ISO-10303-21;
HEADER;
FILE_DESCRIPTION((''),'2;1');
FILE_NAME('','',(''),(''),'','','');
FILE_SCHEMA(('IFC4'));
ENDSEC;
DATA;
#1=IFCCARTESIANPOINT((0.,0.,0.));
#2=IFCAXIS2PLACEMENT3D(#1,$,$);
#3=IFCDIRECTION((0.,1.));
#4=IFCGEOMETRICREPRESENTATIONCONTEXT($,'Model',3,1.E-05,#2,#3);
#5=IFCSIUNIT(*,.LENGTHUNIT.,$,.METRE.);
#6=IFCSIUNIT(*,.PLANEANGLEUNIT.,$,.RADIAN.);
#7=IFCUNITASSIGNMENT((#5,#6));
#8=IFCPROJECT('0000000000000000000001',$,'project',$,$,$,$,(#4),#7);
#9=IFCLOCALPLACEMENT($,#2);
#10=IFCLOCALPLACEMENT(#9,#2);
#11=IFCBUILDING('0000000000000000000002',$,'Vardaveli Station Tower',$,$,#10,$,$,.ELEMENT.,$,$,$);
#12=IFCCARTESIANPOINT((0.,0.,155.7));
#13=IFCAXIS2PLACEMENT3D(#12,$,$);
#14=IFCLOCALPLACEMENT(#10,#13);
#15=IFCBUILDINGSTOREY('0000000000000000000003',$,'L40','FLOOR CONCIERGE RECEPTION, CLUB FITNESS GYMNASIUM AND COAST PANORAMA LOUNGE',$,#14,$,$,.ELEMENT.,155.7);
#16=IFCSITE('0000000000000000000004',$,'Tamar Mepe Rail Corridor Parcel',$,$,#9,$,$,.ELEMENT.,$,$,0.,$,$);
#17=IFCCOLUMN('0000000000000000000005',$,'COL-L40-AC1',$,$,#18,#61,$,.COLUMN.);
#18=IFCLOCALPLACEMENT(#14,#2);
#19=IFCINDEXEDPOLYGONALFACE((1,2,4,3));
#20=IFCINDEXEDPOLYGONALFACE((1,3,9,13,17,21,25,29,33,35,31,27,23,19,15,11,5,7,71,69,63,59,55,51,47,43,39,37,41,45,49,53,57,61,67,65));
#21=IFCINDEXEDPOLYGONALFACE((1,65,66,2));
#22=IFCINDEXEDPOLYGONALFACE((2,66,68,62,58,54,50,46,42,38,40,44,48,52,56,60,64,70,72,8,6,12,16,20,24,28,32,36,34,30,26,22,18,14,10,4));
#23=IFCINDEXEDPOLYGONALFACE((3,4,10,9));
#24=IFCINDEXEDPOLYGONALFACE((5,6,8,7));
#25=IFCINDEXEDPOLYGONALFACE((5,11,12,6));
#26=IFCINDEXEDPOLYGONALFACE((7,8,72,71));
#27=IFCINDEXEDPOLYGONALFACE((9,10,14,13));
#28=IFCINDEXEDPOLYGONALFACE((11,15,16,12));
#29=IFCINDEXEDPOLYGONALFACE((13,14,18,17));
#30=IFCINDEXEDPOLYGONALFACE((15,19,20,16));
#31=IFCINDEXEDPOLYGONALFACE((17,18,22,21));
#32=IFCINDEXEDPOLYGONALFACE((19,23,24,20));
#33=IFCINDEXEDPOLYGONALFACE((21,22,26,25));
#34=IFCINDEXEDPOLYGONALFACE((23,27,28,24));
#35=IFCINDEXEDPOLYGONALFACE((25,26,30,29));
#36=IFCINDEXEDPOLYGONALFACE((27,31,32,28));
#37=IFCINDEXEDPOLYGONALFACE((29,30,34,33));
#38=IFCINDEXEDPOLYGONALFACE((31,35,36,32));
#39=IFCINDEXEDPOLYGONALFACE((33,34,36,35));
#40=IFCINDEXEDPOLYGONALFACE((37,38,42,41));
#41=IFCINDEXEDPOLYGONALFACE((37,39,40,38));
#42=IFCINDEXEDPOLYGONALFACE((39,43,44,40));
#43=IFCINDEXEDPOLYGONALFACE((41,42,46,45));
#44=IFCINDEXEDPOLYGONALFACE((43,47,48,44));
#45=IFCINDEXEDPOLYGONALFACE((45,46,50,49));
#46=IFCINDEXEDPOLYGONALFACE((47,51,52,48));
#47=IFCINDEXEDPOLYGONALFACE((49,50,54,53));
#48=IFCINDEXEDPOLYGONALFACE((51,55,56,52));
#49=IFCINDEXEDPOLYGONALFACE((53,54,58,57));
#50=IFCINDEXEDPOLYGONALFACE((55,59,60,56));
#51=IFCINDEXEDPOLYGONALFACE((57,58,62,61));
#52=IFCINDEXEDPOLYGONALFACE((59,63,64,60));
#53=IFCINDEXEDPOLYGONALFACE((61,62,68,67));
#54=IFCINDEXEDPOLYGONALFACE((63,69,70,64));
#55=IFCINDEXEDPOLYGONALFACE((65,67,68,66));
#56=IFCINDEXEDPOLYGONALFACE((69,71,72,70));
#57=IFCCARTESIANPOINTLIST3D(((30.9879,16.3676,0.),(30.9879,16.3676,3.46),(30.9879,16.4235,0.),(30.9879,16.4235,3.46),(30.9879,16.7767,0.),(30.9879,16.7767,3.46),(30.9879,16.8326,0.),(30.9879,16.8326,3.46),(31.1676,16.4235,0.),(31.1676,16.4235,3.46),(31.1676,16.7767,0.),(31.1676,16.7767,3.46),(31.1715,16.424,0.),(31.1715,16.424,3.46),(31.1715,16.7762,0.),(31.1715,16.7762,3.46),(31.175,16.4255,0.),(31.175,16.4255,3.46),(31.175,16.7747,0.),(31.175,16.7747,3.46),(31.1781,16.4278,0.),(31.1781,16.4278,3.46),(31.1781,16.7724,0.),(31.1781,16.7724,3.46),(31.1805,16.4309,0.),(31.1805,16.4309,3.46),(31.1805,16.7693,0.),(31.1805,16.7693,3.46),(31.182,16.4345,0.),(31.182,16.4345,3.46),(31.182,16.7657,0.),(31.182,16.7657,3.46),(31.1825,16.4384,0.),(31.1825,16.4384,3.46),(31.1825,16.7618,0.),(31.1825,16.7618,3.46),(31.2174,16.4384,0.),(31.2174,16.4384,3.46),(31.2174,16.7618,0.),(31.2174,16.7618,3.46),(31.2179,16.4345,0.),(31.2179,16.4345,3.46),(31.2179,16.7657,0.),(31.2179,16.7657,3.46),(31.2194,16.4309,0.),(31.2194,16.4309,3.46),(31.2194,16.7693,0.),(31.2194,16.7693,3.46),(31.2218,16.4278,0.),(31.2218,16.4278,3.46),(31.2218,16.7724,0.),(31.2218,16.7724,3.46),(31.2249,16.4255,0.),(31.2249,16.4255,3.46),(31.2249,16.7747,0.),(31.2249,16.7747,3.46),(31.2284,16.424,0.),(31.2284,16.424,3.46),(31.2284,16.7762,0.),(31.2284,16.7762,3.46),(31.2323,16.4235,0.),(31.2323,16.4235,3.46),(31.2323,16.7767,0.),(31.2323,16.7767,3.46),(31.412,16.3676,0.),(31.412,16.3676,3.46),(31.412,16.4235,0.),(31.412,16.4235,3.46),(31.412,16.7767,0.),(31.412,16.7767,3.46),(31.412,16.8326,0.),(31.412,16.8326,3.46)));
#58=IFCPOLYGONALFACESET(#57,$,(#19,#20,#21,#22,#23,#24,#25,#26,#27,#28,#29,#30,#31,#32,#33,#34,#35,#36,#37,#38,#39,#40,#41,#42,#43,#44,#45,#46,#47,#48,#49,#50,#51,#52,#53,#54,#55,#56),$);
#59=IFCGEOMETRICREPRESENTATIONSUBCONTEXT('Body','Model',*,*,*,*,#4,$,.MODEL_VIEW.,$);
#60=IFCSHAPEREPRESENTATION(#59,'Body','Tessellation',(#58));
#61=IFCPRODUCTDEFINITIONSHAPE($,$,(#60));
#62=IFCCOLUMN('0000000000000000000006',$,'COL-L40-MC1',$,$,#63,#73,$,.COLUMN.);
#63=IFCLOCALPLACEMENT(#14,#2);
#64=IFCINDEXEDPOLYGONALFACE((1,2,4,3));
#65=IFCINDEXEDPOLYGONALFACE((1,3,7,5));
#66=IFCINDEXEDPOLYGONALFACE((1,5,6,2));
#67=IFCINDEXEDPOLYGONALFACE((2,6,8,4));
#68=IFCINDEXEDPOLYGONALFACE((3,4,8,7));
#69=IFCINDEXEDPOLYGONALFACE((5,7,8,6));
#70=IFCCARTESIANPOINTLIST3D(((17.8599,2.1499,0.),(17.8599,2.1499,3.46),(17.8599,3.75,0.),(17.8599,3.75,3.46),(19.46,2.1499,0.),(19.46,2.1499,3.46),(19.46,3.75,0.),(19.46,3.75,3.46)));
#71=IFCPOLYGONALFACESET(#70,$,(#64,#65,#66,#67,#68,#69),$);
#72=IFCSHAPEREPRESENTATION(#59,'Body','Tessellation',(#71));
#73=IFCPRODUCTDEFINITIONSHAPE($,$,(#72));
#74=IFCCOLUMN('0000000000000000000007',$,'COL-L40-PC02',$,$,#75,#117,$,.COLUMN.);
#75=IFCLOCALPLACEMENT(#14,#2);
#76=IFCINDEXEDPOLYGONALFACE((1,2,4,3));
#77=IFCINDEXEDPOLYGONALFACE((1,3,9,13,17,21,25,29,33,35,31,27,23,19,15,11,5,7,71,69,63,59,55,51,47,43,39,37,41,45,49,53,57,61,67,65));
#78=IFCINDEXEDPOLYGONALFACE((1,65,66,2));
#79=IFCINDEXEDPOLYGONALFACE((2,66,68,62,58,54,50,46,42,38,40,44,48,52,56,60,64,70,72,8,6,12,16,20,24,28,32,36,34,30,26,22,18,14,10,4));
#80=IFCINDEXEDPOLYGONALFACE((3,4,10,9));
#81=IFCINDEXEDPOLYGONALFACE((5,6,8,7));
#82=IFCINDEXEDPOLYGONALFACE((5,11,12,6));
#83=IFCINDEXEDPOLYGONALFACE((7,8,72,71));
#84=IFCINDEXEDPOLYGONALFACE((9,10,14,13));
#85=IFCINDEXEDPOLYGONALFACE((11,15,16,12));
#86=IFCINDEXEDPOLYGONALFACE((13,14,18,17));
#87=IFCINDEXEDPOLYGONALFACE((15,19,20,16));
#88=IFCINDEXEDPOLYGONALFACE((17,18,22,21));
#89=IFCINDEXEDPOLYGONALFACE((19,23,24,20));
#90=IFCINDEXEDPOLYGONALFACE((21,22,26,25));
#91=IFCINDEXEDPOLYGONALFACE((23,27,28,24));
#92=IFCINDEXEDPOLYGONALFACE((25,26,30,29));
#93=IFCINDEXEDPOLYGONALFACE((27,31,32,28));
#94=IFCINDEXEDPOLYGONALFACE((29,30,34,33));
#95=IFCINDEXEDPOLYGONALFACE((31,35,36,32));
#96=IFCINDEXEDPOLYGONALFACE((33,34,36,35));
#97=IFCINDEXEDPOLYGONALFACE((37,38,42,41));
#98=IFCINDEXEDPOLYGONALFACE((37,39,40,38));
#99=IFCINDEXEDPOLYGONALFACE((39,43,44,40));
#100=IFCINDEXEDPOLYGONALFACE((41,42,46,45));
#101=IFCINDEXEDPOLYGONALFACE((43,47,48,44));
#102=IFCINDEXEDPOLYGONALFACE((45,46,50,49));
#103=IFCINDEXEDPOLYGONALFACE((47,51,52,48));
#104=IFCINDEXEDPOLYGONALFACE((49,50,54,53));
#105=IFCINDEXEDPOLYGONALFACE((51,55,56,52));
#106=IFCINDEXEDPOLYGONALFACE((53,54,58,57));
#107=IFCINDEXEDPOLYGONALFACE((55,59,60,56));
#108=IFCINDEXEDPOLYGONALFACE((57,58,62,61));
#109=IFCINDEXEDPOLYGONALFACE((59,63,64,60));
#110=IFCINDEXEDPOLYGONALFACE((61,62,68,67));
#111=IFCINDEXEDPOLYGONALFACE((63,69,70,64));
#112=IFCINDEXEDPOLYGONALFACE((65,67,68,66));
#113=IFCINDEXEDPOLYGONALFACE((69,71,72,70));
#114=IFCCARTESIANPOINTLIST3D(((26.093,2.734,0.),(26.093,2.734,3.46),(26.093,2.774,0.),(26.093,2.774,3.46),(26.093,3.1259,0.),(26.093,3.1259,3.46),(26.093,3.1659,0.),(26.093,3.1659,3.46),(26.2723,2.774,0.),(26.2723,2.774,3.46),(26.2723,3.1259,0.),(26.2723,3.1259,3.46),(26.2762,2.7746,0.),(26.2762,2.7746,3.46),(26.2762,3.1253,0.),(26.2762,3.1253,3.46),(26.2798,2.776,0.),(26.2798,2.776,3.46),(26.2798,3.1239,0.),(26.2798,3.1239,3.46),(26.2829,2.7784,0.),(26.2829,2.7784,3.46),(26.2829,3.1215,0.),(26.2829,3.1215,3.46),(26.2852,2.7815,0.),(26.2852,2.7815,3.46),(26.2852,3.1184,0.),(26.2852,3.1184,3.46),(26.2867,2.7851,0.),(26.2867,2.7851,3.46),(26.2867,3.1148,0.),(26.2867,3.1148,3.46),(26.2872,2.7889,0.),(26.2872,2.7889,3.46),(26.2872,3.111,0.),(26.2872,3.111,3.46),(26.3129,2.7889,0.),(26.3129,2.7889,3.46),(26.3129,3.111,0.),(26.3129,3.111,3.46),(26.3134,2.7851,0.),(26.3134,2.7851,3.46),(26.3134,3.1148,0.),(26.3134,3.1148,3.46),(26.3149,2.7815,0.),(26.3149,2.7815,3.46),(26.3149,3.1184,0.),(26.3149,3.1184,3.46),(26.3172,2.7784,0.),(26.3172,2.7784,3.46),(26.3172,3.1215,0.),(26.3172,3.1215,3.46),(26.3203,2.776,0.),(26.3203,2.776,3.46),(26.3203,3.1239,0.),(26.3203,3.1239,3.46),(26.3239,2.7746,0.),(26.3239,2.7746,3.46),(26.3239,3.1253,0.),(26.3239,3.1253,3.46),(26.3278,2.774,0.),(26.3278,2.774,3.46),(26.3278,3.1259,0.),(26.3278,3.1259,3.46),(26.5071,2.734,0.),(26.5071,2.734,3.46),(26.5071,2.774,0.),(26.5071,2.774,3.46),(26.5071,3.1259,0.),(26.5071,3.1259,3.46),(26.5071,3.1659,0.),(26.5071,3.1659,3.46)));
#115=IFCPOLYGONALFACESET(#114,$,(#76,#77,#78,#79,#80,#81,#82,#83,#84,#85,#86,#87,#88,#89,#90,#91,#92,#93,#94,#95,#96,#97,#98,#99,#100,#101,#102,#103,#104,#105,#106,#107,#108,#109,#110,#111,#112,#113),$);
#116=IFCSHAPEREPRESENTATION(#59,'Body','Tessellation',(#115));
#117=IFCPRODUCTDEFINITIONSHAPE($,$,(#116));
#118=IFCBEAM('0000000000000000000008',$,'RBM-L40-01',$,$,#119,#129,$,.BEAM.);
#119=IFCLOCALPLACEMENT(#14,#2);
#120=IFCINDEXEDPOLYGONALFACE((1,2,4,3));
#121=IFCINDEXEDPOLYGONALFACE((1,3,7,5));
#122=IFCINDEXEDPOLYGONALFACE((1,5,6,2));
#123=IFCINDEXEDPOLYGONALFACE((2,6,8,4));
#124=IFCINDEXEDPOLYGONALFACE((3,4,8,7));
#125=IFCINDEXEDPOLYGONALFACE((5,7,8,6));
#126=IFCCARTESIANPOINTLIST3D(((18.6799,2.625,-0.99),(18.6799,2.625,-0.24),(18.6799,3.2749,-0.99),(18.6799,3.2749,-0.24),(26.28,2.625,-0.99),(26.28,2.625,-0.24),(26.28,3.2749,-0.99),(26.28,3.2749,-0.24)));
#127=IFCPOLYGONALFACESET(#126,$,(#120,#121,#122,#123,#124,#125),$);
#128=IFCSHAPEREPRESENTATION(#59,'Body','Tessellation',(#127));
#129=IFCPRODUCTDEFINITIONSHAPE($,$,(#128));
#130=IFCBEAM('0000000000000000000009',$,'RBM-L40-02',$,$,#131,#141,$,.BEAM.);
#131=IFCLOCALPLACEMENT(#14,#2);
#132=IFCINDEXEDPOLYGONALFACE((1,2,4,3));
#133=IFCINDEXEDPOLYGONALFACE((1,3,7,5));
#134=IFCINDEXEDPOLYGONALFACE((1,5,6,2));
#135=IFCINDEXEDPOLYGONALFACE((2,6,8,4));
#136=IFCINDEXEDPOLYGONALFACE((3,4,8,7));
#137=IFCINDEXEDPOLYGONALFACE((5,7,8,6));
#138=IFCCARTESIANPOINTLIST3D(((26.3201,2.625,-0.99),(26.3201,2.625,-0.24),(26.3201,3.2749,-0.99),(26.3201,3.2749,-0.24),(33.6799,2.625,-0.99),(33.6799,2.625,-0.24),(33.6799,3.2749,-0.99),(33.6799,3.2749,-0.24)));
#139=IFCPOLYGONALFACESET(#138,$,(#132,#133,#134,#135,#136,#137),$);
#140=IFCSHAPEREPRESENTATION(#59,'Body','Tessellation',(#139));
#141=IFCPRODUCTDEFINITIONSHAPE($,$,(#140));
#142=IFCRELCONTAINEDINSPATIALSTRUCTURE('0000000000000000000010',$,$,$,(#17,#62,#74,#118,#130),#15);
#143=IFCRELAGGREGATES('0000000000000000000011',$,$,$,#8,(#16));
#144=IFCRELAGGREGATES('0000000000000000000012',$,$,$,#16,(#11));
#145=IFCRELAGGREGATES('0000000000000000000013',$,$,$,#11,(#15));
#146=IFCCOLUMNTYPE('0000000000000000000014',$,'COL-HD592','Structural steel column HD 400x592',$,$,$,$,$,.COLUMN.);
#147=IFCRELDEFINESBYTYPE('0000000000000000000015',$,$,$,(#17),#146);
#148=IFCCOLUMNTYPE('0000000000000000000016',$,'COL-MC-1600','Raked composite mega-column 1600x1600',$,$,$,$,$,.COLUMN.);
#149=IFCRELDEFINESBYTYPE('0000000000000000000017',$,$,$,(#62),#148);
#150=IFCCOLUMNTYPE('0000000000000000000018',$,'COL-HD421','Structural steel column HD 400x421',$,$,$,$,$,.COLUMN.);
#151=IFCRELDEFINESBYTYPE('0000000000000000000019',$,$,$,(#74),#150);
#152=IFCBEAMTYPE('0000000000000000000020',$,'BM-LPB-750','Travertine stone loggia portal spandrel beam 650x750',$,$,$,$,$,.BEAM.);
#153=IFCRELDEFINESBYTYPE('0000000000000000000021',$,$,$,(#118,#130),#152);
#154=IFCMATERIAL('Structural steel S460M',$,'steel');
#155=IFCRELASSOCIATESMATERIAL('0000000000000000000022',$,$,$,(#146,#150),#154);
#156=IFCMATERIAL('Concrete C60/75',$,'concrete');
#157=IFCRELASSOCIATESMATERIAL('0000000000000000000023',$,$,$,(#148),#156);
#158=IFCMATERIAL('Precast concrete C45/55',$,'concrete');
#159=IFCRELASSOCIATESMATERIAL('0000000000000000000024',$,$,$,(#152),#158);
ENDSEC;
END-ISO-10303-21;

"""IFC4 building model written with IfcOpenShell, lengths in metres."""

from ifc_helpers import new_model, si_unit, direction, frame, origin, origin_2d, place, context, subcontext, project, spatial, rectangle, i_section, extrude, source, transform, mapped, material, material_profile, profile_set, type_object, element, save


model = new_model("IFC4")

# Units and contexts
model_context = context("Model", 3, precision=1e-05, world=origin(), true_north=direction((0.0, 1.0)))
body_context = subcontext(model_context, "Body", "Model", "MODEL_VIEW")
ifc_project = project(units=[si_unit("LENGTHUNIT", "METRE"), si_unit("PLANEANGLEUNIT", "RADIAN")], contexts=[model_context])

# Site, building, storey
site_placement = place(None, origin())
site = spatial("IfcSite", under=ifc_project, at=site_placement, Name="Tamar Mepe Rail Corridor Parcel", CompositionType="ELEMENT", RefElevation=0.0)
building_placement = place(site_placement, origin())
building = spatial("IfcBuilding", under=site, at=building_placement, Name="Vardaveli Station Tower", CompositionType="ELEMENT")
storey_placement = place(building_placement, frame((0.0, 0.0, 155.7)))
storey = spatial("IfcBuildingStorey", under=building, at=storey_placement, Name="L40", Description="FLOOR CONCIERGE RECEPTION, CLUB FITNESS GYMNASIUM AND COAST PANORAMA LOUNGE", CompositionType="ELEMENT", Elevation=155.7)

# Columns
ifc_material_1 = material(Name="Structural steel S460M", Category="steel")
ifc_material_profile_1 = material_profile(ifc_material_1, i_section(OverallWidth=0.4241, OverallDepth=0.4651, WebThickness=0.0349, FlangeThickness=0.0559, FilletRadius=0.0149, at=origin_2d()), Name="HD 400x592")
ifc_profile_set_1 = profile_set([ifc_material_profile_1], Name="Structural steel S460M")
column_type_1 = type_object("IfcColumnType", Name="COL-HD592", Description="Structural steel column HD 400x592", PredefinedType="COLUMN", material=ifc_profile_set_1)
shared_shape_1 = source(origin(), body_context, "Body", "SweptSolid", [
    extrude(i_section(OverallWidth=0.4241, OverallDepth=0.4651, WebThickness=0.0349, FlangeThickness=0.0559, FilletRadius=0.0149, at=origin_2d()), origin(), (0.0, 0.0, 1.0), 3.46),
])
column_1_placement = place(storey_placement, frame((31.2, 16.6001, 0.0), z_axis=(0.0, 0.0, 1.0), x_axis=(1.0, 0.0, 0.0)))
element("IfcColumn", 1, at=column_1_placement, inside=storey, type_object=column_type_1, Name="COL-L40-AC1", PredefinedType="COLUMN", context=body_context, shape_type="MappedRepresentation", body=[
    mapped(shared_shape_1, transform((0.0, 0.0, 0.0), scale=1.0)),
])
ifc_material_2 = material(Name="Concrete C60/75", Category="concrete")
ifc_material_profile_2 = material_profile(ifc_material_2, rectangle(XDim=1.6001, YDim=1.6001, at=origin_2d()), Name="MC 1600x1600")
ifc_profile_set_2 = profile_set([ifc_material_profile_2], Name="Concrete C60/75")
column_type_2 = type_object("IfcColumnType", Name="COL-MC-1600", Description="Raked composite mega-column 1600x1600", PredefinedType="COLUMN", material=ifc_profile_set_2)
shared_shape_2 = source(origin(), body_context, "Body", "SweptSolid", [
    extrude(rectangle(XDim=1.6001, YDim=1.6001, at=origin_2d()), origin(), (0.0, 0.0, 1.0), 3.46),
])
column_2_placement = place(storey_placement, frame((18.6599, 2.95, 0.0), z_axis=(0.0, 0.0, 1.0), x_axis=(1.0, 0.0, 0.0)))
element("IfcColumn", 2, at=column_2_placement, inside=storey, type_object=column_type_2, Name="COL-L40-MC1", PredefinedType="COLUMN", context=body_context, shape_type="MappedRepresentation", body=[
    mapped(shared_shape_2, transform((0.0, 0.0, 0.0), scale=1.0)),
])
ifc_material_profile_3 = material_profile(ifc_material_1, i_section(OverallWidth=0.4141, OverallDepth=0.4319, WebThickness=0.0256, FlangeThickness=0.04, FilletRadius=0.0149, at=origin_2d()), Name="HD 400x421")
ifc_profile_set_3 = profile_set([ifc_material_profile_3], Name="Structural steel S460M")
column_type_3 = type_object("IfcColumnType", Name="COL-HD421", Description="Structural steel column HD 400x421", PredefinedType="COLUMN", material=ifc_profile_set_3)
shared_shape_3 = source(origin(), body_context, "Body", "SweptSolid", [
    extrude(i_section(OverallWidth=0.4141, OverallDepth=0.4319, WebThickness=0.0256, FlangeThickness=0.04, FilletRadius=0.0149, at=origin_2d()), origin(), (0.0, 0.0, 1.0), 3.46),
])
column_3_placement = place(storey_placement, frame((26.3, 2.95, 0.0), z_axis=(0.0, 0.0, 1.0), x_axis=(1.0, 0.0, 0.0)))
element("IfcColumn", 3, at=column_3_placement, inside=storey, type_object=column_type_3, Name="COL-L40-PC02", PredefinedType="COLUMN", context=body_context, shape_type="MappedRepresentation", body=[
    mapped(shared_shape_3, transform((0.0, 0.0, 0.0), scale=1.0)),
])

# Beams
ifc_material_3 = material(Name="Precast concrete C45/55", Category="concrete")
ifc_material_profile_4 = material_profile(ifc_material_3, rectangle(XDim=0.6499, YDim=0.75, at=origin_2d()), Name="LPB 650x750")
ifc_profile_set_4 = profile_set([ifc_material_profile_4], Name="Precast concrete C45/55")
beam_type_1 = type_object("IfcBeamType", Name="BM-LPB-750", Description="Travertine stone loggia portal spandrel beam 650x750", PredefinedType="BEAM", material=ifc_profile_set_4)
shared_shape_4 = source(origin(), body_context, "Body", "SweptSolid", [
    extrude(rectangle(XDim=0.6499, YDim=0.75, at=origin_2d()), origin(), (0.0, 0.0, 1.0), 7.6001),
])
beam_1_placement = place(storey_placement, frame((18.6799, 2.95, -0.615), z_axis=(1.0, 0.0, 0.0), x_axis=(0.0, 1.0, 0.0)))
element("IfcBeam", 4, at=beam_1_placement, inside=storey, type_object=beam_type_1, Name="RBM-L40-01", PredefinedType="BEAM", context=body_context, shape_type="MappedRepresentation", body=[
    mapped(shared_shape_4, transform((0.0, 0.0, 0.0), scale=1.0)),
])
shared_shape_5 = source(origin(), body_context, "Body", "SweptSolid", [
    extrude(rectangle(XDim=0.6499, YDim=0.75, at=origin_2d()), origin(), (0.0, 0.0, 1.0), 7.3599),
])
beam_2_placement = place(storey_placement, frame((26.3201, 2.95, -0.615), z_axis=(1.0, 0.0, 0.0), x_axis=(0.0, 1.0, 0.0)))
element("IfcBeam", 5, at=beam_2_placement, inside=storey, type_object=beam_type_1, Name="RBM-L40-02", PredefinedType="BEAM", context=body_context, shape_type="MappedRepresentation", body=[
    mapped(shared_shape_5, transform((0.0, 0.0, 0.0), scale=1.0)),
])

save(model, "model.ifc")
